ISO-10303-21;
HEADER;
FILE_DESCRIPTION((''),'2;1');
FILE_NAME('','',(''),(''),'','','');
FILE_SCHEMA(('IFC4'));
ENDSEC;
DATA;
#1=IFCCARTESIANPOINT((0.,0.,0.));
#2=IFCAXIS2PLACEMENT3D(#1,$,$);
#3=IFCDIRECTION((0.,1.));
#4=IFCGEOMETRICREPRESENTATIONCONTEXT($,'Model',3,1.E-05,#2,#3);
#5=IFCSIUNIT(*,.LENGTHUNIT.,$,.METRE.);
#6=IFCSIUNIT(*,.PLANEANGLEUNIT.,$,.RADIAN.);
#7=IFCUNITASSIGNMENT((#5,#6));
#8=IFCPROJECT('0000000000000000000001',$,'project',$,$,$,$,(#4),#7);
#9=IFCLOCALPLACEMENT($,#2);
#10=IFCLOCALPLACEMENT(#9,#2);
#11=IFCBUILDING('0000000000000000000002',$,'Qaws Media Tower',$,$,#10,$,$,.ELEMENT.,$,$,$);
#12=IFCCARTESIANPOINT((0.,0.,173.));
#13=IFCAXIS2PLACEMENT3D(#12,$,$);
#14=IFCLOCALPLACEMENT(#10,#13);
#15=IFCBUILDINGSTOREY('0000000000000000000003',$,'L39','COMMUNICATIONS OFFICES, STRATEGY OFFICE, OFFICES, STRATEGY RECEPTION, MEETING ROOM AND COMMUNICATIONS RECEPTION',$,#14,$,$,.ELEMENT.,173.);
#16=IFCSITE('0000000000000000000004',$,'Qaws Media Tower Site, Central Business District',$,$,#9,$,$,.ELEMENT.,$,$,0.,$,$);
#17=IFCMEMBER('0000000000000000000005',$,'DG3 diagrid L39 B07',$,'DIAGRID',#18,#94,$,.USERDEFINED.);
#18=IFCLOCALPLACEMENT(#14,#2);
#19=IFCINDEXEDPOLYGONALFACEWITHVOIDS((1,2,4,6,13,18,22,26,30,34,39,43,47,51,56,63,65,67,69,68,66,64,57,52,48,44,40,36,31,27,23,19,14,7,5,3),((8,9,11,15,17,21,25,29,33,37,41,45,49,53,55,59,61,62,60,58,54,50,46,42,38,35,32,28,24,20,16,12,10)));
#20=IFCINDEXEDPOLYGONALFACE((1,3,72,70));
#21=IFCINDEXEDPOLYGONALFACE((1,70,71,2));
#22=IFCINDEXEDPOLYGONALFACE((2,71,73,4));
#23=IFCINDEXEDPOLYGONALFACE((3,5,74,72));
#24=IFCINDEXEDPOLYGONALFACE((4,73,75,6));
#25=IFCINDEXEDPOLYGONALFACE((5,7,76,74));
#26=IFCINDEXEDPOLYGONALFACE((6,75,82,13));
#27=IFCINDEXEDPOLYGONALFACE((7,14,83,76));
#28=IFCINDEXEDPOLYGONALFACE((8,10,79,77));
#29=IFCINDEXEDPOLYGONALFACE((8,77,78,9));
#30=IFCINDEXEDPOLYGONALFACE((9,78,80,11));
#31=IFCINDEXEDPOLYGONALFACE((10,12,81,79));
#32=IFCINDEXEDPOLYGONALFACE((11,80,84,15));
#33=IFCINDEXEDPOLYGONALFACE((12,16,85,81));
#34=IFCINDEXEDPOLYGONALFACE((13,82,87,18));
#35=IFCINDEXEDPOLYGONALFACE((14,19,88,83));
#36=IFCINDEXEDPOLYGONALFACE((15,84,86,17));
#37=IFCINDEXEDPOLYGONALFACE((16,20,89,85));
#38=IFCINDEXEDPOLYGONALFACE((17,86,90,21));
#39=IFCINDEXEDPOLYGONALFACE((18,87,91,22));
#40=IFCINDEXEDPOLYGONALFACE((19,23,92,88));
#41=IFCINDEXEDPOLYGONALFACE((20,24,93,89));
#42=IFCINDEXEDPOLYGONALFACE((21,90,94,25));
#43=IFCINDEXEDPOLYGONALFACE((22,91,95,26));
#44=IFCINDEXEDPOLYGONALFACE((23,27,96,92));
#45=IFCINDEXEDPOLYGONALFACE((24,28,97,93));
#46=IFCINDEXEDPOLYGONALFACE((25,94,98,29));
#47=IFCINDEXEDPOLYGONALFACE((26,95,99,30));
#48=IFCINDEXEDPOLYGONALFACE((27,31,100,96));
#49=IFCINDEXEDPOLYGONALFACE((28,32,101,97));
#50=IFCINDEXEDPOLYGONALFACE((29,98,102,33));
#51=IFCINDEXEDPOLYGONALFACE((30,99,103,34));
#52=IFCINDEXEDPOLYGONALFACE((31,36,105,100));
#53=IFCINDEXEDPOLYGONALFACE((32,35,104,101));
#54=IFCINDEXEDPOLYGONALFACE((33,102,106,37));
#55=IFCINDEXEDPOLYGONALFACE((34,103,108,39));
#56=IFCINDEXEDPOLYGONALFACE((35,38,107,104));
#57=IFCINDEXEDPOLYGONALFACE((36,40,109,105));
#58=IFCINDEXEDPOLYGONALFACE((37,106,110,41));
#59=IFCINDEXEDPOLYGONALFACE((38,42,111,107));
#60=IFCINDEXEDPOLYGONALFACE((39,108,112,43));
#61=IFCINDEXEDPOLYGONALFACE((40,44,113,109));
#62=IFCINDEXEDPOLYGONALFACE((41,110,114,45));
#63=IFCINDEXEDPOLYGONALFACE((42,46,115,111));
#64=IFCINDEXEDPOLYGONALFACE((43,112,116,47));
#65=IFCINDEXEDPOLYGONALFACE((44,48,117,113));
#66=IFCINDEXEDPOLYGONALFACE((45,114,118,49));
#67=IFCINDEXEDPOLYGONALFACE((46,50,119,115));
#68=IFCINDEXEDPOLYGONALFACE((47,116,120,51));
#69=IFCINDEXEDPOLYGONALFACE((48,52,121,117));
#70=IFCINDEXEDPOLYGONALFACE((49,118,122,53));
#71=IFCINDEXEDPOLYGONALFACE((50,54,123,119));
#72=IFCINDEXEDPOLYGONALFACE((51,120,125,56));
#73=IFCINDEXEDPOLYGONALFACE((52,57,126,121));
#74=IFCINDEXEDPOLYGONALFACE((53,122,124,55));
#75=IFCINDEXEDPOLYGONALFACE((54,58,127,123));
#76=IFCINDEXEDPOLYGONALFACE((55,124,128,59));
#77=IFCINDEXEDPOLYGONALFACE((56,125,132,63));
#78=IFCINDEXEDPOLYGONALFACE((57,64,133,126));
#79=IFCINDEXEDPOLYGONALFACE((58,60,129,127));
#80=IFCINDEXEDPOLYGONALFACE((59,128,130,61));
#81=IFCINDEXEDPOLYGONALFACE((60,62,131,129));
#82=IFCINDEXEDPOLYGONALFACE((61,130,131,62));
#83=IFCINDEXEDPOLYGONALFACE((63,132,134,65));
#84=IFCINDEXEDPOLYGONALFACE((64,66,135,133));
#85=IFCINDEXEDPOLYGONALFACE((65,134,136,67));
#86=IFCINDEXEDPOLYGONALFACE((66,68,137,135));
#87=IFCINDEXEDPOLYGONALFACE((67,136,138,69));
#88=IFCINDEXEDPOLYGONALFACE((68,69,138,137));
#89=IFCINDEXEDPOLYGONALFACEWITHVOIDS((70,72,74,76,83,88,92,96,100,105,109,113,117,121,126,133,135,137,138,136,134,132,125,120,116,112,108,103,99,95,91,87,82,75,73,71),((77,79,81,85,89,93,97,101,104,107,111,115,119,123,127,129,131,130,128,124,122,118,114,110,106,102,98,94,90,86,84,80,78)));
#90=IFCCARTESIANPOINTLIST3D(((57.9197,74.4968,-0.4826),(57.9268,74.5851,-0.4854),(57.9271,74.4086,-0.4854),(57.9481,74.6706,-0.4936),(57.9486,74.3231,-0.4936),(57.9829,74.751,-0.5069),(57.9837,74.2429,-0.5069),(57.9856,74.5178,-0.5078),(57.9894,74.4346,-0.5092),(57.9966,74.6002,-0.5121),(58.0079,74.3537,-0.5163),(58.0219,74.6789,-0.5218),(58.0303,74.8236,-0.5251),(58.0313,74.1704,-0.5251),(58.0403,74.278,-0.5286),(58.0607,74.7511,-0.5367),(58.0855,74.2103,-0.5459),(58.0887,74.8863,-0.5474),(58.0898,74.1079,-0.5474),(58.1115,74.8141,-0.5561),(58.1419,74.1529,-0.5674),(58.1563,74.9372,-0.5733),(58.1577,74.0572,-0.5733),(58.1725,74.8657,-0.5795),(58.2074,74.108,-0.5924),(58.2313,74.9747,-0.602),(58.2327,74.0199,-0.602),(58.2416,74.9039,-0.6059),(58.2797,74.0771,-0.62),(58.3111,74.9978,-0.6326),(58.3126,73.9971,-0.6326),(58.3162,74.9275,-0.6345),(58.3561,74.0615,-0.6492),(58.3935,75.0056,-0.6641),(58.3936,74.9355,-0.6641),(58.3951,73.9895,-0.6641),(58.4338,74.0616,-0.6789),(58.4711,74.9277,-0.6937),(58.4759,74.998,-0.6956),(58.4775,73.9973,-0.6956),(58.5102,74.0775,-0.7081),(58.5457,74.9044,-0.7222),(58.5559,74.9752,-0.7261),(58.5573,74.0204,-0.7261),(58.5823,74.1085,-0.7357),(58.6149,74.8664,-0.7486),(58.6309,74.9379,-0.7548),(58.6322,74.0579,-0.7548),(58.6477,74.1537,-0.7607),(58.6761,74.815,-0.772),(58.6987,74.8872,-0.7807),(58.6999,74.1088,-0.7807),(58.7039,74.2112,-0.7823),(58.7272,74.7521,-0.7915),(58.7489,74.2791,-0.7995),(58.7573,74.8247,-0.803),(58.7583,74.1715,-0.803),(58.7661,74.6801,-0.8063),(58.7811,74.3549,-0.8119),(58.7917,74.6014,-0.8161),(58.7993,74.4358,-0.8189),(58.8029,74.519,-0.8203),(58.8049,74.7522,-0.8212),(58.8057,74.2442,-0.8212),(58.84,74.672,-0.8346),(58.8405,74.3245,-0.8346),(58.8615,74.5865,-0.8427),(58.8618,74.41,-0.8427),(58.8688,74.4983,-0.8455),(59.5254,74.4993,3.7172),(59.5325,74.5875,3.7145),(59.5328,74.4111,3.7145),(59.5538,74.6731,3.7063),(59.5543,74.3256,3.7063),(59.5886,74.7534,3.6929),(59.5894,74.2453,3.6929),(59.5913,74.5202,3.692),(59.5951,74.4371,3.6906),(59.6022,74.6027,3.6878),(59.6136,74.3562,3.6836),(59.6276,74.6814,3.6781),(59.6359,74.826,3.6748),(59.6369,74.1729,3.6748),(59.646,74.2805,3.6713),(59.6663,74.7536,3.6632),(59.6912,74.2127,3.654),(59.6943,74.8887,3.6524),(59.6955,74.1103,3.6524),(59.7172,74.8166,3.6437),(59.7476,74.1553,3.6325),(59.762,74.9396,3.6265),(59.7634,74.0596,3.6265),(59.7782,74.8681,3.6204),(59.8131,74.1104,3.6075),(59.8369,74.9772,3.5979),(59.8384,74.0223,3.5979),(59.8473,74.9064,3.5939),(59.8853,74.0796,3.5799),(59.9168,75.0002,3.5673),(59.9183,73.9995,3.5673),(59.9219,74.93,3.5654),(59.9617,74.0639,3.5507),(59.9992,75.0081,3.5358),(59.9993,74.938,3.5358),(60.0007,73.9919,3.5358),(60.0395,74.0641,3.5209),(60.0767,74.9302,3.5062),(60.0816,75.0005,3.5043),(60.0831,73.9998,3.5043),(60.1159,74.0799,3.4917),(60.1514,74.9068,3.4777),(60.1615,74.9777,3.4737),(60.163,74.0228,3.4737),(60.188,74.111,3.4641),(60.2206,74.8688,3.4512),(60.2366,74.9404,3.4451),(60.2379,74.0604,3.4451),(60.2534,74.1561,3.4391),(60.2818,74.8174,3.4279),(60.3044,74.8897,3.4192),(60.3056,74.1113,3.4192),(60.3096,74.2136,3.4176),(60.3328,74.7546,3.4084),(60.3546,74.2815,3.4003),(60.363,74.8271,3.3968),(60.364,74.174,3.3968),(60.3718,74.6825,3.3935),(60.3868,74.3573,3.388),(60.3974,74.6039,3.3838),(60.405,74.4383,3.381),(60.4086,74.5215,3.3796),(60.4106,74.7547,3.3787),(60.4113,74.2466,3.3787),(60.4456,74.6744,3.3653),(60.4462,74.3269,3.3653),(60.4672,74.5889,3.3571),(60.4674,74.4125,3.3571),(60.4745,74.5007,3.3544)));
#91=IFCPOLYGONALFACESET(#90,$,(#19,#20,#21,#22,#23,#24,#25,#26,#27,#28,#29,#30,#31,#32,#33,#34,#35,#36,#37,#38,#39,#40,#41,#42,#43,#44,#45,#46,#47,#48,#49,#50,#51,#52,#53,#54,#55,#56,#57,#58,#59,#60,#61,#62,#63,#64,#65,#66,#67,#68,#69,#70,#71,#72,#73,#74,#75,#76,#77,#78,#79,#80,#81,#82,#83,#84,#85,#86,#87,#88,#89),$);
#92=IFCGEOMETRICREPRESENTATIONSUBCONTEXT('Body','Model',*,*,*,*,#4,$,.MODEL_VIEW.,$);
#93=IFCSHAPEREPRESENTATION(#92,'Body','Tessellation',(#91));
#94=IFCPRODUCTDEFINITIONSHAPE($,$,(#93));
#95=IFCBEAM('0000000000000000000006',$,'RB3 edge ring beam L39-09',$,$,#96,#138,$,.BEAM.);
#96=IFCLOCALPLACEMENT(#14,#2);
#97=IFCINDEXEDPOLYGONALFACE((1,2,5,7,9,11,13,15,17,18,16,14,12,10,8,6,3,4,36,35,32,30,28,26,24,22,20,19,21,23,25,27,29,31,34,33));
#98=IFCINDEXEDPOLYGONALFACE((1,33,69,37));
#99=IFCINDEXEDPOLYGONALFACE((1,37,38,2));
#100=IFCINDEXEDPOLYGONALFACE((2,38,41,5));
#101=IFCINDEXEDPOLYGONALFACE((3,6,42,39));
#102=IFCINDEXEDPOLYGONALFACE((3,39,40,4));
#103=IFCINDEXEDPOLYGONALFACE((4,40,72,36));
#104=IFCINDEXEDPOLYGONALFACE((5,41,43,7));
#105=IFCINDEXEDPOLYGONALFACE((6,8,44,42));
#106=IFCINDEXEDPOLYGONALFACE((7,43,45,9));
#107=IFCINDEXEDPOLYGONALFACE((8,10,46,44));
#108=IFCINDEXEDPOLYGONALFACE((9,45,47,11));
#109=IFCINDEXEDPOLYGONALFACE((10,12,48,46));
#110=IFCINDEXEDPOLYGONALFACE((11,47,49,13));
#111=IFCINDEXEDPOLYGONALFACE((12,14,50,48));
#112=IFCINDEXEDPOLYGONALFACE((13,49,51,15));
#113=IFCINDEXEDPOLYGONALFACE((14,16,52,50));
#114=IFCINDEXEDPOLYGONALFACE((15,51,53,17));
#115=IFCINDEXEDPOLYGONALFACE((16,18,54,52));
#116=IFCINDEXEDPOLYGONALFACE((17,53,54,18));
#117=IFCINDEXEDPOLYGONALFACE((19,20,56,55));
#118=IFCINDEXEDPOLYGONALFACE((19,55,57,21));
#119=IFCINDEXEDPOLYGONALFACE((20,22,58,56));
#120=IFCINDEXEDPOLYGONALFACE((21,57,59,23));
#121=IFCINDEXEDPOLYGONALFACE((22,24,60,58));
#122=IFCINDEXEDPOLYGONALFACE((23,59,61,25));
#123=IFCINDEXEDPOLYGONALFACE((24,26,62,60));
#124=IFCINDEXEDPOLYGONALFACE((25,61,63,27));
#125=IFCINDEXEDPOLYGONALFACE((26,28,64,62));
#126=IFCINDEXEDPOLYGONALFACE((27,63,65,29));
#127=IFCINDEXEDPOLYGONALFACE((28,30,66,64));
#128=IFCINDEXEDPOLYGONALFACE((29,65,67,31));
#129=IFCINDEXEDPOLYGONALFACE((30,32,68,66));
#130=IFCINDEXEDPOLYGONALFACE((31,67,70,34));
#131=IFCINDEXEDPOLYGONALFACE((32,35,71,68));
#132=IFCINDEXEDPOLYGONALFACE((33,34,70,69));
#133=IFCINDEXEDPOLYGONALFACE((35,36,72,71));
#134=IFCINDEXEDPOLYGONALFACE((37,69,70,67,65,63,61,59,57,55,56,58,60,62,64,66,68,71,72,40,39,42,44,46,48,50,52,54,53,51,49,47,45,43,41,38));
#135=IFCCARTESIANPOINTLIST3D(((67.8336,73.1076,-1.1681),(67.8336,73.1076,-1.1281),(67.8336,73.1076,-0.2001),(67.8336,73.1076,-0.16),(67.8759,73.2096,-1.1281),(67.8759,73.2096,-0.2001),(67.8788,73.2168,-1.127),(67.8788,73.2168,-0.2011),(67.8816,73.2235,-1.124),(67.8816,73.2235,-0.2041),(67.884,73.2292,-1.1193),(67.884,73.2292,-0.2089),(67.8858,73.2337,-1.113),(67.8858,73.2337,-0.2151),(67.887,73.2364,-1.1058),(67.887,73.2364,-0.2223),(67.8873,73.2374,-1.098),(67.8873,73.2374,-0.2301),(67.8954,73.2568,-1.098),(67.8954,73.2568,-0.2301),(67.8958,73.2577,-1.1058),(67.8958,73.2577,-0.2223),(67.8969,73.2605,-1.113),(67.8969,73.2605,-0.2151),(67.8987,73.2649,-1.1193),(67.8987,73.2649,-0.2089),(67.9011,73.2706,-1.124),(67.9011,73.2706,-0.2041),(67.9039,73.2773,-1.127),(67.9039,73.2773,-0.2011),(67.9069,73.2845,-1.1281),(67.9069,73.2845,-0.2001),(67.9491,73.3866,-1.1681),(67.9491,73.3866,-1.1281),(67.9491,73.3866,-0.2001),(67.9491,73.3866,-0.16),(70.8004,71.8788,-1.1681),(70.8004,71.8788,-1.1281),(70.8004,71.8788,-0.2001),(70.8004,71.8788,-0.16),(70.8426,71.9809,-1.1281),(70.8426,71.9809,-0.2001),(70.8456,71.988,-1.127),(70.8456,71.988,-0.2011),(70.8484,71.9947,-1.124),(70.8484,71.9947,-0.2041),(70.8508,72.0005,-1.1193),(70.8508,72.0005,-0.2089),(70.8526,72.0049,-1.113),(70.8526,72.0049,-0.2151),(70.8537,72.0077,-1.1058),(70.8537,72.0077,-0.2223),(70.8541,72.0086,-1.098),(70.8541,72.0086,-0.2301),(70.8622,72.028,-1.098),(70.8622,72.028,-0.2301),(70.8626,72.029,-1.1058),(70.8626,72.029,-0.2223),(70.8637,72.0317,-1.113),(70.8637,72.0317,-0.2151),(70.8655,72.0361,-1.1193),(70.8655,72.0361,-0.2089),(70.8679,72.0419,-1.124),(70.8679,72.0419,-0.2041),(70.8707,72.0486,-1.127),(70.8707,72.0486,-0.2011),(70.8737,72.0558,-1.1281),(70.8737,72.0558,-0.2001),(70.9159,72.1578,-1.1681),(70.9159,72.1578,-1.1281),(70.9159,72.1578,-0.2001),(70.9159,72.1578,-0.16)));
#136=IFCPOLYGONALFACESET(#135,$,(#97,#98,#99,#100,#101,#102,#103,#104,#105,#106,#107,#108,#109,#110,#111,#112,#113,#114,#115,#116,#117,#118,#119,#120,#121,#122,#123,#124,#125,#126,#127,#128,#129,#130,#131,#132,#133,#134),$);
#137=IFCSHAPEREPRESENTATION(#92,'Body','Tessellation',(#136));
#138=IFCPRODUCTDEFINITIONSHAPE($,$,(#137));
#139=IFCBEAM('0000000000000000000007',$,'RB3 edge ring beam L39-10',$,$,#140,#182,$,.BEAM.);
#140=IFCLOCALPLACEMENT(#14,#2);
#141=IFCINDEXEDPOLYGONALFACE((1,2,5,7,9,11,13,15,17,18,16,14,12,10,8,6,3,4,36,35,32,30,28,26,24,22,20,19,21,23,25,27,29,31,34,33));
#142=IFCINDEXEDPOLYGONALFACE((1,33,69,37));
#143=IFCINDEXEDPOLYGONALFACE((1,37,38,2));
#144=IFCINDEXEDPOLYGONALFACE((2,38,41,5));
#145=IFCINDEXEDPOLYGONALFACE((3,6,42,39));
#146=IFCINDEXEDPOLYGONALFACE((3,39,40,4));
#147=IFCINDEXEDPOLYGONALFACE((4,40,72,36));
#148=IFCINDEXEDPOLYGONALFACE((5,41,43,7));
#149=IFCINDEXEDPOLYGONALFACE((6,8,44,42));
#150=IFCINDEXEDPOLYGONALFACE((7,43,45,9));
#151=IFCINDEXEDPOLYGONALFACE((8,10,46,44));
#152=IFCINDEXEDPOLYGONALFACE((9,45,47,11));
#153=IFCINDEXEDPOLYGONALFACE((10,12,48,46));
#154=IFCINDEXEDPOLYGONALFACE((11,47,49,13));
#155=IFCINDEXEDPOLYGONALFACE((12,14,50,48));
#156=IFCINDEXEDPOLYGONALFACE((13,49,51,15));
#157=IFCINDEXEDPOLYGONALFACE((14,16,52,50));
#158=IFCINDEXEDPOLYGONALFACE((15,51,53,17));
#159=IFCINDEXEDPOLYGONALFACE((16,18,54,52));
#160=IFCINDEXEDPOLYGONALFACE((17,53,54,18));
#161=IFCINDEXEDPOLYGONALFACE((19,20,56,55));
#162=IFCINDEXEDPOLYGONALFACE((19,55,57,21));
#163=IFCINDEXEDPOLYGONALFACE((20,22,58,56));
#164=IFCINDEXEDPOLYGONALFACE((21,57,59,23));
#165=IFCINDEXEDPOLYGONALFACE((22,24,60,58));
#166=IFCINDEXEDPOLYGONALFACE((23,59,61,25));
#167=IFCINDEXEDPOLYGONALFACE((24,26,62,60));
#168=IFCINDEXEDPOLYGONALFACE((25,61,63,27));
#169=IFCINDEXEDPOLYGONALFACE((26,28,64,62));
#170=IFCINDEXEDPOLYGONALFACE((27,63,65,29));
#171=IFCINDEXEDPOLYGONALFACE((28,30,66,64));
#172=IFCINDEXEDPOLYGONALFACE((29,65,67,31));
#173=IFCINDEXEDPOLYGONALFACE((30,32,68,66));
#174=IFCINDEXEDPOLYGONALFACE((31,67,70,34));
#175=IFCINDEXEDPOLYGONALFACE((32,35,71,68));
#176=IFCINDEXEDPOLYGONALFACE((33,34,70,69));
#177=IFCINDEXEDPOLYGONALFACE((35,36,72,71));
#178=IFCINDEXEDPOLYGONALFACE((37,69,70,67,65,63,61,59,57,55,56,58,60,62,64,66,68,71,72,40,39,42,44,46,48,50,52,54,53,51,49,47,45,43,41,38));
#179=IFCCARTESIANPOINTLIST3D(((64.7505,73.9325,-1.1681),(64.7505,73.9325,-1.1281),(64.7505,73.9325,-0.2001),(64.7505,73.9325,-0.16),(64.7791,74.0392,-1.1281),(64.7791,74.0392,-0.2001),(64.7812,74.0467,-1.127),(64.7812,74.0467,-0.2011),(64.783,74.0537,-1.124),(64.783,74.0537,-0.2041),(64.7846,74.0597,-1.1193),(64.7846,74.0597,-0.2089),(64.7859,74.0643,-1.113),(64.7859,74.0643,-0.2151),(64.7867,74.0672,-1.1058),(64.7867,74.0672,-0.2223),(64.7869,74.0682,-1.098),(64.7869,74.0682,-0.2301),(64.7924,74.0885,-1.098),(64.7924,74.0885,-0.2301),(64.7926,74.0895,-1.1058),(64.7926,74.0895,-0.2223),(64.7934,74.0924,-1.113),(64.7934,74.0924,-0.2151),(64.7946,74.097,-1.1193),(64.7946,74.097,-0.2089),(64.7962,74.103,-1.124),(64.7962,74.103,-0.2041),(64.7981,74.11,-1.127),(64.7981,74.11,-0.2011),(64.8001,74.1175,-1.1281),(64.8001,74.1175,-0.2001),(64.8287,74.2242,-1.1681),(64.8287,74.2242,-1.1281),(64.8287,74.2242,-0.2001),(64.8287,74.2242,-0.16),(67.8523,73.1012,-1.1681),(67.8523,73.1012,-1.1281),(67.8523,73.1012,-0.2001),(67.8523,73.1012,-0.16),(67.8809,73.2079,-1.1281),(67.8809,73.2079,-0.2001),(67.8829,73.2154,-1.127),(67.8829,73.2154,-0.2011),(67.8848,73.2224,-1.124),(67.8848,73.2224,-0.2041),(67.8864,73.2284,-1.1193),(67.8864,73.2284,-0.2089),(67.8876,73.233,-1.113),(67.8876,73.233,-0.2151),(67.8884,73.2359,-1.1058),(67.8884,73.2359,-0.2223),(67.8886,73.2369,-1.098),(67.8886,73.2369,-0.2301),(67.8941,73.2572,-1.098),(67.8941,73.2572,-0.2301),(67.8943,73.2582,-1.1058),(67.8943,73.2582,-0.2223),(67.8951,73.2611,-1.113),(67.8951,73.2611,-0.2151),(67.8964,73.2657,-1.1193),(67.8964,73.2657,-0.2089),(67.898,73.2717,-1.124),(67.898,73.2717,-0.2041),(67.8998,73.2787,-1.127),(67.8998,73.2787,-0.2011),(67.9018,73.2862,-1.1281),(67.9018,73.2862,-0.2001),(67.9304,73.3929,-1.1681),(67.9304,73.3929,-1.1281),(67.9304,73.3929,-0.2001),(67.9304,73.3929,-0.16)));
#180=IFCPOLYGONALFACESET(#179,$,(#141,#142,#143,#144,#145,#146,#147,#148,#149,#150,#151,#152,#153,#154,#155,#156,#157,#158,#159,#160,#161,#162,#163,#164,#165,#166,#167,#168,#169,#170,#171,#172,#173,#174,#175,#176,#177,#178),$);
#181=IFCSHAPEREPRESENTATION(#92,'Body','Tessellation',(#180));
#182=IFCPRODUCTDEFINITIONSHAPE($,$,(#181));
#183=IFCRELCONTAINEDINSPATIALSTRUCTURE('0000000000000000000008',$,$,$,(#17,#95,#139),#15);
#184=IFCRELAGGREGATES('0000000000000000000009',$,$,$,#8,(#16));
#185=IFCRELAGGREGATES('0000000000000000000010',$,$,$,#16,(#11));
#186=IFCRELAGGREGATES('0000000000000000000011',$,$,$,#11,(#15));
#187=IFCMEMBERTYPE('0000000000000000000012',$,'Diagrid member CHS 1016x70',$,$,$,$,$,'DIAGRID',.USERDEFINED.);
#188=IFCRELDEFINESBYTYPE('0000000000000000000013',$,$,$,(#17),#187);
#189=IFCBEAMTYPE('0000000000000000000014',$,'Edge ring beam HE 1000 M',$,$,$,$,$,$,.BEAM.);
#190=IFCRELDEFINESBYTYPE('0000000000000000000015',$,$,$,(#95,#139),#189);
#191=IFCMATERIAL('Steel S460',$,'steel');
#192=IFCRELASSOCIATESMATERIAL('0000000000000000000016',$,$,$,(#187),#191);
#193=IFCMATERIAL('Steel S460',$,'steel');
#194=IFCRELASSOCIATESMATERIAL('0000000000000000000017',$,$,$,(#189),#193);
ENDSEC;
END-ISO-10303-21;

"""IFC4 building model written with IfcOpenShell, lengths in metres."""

from ifc_helpers import new_model, si_unit, direction, frame, origin, origin_2d, place, context, subcontext, project, spatial, hollow_circle, i_section, extrude, material, material_profile, profile_set, type_object, element, save


model = new_model("IFC4")

# Units and contexts
model_context = context("Model", 3, precision=1e-05, world=origin(), true_north=direction((0.0, 1.0)))
body_context = subcontext(model_context, "Body", "Model", "MODEL_VIEW")
ifc_project = project(units=[si_unit("LENGTHUNIT", "METRE"), si_unit("PLANEANGLEUNIT", "RADIAN")], contexts=[model_context])

# Site, building, storey
site_placement = place(None, origin())
site = spatial("IfcSite", under=ifc_project, at=site_placement, Name="Qaws Media Tower Site, Central Business District", CompositionType="ELEMENT", RefElevation=0.0)
building_placement = place(site_placement, origin())
building = spatial("IfcBuilding", under=site, at=building_placement, Name="Qaws Media Tower", CompositionType="ELEMENT")
storey_placement = place(building_placement, frame((0.0, 0.0, 173.0)))
storey = spatial("IfcBuildingStorey", under=building, at=storey_placement, Name="L39", Description="COMMUNICATIONS OFFICES, STRATEGY OFFICE, OFFICES, STRATEGY RECEPTION, MEETING ROOM AND COMMUNICATIONS RECEPTION", CompositionType="ELEMENT", Elevation=173.0)

# Member
ifc_material_1 = material(Name="Steel S460", Category="steel")
ifc_material_profile_1 = material_profile(ifc_material_1, hollow_circle(Radius=0.5081, WallThickness=0.0701, at=origin_2d()), Name="CHS 1016x70")
ifc_profile_set_1 = profile_set([ifc_material_profile_1], Name="Steel S460")
member_type_1 = type_object("IfcMemberType", Name="Diagrid member CHS 1016x70", ElementType="DIAGRID", PredefinedType="USERDEFINED", material=ifc_profile_set_1)
for number, where, z_axis, x_axis, name in (
    (1, (58.3943, 74.4976, -0.6641), (0.357108, 0.000543, 0.934063), (-0.00152, 0.999999, 0.0), "DG3 diagrid L39 B07"),
):
    element("IfcMember", number, at=place(storey_placement, frame(where, z_axis=z_axis, x_axis=x_axis)), inside=storey, type_object=member_type_1, Name=name, ObjectType="DIAGRID", PredefinedType="USERDEFINED", context=body_context, shape_type="SweptSolid", body=[
        extrude(hollow_circle(Radius=0.5081, WallThickness=0.0701, at=origin_2d()), origin(), (0.0, 0.0, 1.0), 4.4963),
    ])

# Beams
ifc_material_2 = material(Name="Steel S460", Category="steel")
ifc_material_profile_2 = material_profile(ifc_material_2, i_section(OverallWidth=0.302, OverallDepth=1.0081, WebThickness=0.021, FlangeThickness=0.04, FilletRadius=0.03, at=origin_2d()), Name="HE 1000 M")
ifc_profile_set_2 = profile_set([ifc_material_profile_2], Name="Steel S460")
beam_type = type_object("IfcBeamType", Name="Edge ring beam HE 1000 M", PredefinedType="BEAM", material=ifc_profile_set_2)
for number, where, z_axis, x_axis, name in (
    (2, (70.8582, 72.0183, -0.6641), (-0.923894, 0.382649, 0.0), (-0.382649, -0.923894, 0.0), "RB3 edge ring beam L39-09"),
    (3, (67.8914, 73.2471, -0.6641), (-0.965912, 0.258869, 0.0), (-0.258869, -0.965912, 0.0), "RB3 edge ring beam L39-10"),
):
    element("IfcBeam", number, at=place(storey_placement, frame(where, z_axis=z_axis, x_axis=x_axis)), inside=storey, type_object=beam_type, Name=name, PredefinedType="BEAM", context=body_context, shape_type="SweptSolid", body=[
        extrude(i_section(OverallWidth=0.302, OverallDepth=1.0081, WebThickness=0.021, FlangeThickness=0.04, FilletRadius=0.03, at=origin_2d()), origin(), (0.0, 0.0, 1.0), 3.2112),
    ])

save(model, "model.ifc")
